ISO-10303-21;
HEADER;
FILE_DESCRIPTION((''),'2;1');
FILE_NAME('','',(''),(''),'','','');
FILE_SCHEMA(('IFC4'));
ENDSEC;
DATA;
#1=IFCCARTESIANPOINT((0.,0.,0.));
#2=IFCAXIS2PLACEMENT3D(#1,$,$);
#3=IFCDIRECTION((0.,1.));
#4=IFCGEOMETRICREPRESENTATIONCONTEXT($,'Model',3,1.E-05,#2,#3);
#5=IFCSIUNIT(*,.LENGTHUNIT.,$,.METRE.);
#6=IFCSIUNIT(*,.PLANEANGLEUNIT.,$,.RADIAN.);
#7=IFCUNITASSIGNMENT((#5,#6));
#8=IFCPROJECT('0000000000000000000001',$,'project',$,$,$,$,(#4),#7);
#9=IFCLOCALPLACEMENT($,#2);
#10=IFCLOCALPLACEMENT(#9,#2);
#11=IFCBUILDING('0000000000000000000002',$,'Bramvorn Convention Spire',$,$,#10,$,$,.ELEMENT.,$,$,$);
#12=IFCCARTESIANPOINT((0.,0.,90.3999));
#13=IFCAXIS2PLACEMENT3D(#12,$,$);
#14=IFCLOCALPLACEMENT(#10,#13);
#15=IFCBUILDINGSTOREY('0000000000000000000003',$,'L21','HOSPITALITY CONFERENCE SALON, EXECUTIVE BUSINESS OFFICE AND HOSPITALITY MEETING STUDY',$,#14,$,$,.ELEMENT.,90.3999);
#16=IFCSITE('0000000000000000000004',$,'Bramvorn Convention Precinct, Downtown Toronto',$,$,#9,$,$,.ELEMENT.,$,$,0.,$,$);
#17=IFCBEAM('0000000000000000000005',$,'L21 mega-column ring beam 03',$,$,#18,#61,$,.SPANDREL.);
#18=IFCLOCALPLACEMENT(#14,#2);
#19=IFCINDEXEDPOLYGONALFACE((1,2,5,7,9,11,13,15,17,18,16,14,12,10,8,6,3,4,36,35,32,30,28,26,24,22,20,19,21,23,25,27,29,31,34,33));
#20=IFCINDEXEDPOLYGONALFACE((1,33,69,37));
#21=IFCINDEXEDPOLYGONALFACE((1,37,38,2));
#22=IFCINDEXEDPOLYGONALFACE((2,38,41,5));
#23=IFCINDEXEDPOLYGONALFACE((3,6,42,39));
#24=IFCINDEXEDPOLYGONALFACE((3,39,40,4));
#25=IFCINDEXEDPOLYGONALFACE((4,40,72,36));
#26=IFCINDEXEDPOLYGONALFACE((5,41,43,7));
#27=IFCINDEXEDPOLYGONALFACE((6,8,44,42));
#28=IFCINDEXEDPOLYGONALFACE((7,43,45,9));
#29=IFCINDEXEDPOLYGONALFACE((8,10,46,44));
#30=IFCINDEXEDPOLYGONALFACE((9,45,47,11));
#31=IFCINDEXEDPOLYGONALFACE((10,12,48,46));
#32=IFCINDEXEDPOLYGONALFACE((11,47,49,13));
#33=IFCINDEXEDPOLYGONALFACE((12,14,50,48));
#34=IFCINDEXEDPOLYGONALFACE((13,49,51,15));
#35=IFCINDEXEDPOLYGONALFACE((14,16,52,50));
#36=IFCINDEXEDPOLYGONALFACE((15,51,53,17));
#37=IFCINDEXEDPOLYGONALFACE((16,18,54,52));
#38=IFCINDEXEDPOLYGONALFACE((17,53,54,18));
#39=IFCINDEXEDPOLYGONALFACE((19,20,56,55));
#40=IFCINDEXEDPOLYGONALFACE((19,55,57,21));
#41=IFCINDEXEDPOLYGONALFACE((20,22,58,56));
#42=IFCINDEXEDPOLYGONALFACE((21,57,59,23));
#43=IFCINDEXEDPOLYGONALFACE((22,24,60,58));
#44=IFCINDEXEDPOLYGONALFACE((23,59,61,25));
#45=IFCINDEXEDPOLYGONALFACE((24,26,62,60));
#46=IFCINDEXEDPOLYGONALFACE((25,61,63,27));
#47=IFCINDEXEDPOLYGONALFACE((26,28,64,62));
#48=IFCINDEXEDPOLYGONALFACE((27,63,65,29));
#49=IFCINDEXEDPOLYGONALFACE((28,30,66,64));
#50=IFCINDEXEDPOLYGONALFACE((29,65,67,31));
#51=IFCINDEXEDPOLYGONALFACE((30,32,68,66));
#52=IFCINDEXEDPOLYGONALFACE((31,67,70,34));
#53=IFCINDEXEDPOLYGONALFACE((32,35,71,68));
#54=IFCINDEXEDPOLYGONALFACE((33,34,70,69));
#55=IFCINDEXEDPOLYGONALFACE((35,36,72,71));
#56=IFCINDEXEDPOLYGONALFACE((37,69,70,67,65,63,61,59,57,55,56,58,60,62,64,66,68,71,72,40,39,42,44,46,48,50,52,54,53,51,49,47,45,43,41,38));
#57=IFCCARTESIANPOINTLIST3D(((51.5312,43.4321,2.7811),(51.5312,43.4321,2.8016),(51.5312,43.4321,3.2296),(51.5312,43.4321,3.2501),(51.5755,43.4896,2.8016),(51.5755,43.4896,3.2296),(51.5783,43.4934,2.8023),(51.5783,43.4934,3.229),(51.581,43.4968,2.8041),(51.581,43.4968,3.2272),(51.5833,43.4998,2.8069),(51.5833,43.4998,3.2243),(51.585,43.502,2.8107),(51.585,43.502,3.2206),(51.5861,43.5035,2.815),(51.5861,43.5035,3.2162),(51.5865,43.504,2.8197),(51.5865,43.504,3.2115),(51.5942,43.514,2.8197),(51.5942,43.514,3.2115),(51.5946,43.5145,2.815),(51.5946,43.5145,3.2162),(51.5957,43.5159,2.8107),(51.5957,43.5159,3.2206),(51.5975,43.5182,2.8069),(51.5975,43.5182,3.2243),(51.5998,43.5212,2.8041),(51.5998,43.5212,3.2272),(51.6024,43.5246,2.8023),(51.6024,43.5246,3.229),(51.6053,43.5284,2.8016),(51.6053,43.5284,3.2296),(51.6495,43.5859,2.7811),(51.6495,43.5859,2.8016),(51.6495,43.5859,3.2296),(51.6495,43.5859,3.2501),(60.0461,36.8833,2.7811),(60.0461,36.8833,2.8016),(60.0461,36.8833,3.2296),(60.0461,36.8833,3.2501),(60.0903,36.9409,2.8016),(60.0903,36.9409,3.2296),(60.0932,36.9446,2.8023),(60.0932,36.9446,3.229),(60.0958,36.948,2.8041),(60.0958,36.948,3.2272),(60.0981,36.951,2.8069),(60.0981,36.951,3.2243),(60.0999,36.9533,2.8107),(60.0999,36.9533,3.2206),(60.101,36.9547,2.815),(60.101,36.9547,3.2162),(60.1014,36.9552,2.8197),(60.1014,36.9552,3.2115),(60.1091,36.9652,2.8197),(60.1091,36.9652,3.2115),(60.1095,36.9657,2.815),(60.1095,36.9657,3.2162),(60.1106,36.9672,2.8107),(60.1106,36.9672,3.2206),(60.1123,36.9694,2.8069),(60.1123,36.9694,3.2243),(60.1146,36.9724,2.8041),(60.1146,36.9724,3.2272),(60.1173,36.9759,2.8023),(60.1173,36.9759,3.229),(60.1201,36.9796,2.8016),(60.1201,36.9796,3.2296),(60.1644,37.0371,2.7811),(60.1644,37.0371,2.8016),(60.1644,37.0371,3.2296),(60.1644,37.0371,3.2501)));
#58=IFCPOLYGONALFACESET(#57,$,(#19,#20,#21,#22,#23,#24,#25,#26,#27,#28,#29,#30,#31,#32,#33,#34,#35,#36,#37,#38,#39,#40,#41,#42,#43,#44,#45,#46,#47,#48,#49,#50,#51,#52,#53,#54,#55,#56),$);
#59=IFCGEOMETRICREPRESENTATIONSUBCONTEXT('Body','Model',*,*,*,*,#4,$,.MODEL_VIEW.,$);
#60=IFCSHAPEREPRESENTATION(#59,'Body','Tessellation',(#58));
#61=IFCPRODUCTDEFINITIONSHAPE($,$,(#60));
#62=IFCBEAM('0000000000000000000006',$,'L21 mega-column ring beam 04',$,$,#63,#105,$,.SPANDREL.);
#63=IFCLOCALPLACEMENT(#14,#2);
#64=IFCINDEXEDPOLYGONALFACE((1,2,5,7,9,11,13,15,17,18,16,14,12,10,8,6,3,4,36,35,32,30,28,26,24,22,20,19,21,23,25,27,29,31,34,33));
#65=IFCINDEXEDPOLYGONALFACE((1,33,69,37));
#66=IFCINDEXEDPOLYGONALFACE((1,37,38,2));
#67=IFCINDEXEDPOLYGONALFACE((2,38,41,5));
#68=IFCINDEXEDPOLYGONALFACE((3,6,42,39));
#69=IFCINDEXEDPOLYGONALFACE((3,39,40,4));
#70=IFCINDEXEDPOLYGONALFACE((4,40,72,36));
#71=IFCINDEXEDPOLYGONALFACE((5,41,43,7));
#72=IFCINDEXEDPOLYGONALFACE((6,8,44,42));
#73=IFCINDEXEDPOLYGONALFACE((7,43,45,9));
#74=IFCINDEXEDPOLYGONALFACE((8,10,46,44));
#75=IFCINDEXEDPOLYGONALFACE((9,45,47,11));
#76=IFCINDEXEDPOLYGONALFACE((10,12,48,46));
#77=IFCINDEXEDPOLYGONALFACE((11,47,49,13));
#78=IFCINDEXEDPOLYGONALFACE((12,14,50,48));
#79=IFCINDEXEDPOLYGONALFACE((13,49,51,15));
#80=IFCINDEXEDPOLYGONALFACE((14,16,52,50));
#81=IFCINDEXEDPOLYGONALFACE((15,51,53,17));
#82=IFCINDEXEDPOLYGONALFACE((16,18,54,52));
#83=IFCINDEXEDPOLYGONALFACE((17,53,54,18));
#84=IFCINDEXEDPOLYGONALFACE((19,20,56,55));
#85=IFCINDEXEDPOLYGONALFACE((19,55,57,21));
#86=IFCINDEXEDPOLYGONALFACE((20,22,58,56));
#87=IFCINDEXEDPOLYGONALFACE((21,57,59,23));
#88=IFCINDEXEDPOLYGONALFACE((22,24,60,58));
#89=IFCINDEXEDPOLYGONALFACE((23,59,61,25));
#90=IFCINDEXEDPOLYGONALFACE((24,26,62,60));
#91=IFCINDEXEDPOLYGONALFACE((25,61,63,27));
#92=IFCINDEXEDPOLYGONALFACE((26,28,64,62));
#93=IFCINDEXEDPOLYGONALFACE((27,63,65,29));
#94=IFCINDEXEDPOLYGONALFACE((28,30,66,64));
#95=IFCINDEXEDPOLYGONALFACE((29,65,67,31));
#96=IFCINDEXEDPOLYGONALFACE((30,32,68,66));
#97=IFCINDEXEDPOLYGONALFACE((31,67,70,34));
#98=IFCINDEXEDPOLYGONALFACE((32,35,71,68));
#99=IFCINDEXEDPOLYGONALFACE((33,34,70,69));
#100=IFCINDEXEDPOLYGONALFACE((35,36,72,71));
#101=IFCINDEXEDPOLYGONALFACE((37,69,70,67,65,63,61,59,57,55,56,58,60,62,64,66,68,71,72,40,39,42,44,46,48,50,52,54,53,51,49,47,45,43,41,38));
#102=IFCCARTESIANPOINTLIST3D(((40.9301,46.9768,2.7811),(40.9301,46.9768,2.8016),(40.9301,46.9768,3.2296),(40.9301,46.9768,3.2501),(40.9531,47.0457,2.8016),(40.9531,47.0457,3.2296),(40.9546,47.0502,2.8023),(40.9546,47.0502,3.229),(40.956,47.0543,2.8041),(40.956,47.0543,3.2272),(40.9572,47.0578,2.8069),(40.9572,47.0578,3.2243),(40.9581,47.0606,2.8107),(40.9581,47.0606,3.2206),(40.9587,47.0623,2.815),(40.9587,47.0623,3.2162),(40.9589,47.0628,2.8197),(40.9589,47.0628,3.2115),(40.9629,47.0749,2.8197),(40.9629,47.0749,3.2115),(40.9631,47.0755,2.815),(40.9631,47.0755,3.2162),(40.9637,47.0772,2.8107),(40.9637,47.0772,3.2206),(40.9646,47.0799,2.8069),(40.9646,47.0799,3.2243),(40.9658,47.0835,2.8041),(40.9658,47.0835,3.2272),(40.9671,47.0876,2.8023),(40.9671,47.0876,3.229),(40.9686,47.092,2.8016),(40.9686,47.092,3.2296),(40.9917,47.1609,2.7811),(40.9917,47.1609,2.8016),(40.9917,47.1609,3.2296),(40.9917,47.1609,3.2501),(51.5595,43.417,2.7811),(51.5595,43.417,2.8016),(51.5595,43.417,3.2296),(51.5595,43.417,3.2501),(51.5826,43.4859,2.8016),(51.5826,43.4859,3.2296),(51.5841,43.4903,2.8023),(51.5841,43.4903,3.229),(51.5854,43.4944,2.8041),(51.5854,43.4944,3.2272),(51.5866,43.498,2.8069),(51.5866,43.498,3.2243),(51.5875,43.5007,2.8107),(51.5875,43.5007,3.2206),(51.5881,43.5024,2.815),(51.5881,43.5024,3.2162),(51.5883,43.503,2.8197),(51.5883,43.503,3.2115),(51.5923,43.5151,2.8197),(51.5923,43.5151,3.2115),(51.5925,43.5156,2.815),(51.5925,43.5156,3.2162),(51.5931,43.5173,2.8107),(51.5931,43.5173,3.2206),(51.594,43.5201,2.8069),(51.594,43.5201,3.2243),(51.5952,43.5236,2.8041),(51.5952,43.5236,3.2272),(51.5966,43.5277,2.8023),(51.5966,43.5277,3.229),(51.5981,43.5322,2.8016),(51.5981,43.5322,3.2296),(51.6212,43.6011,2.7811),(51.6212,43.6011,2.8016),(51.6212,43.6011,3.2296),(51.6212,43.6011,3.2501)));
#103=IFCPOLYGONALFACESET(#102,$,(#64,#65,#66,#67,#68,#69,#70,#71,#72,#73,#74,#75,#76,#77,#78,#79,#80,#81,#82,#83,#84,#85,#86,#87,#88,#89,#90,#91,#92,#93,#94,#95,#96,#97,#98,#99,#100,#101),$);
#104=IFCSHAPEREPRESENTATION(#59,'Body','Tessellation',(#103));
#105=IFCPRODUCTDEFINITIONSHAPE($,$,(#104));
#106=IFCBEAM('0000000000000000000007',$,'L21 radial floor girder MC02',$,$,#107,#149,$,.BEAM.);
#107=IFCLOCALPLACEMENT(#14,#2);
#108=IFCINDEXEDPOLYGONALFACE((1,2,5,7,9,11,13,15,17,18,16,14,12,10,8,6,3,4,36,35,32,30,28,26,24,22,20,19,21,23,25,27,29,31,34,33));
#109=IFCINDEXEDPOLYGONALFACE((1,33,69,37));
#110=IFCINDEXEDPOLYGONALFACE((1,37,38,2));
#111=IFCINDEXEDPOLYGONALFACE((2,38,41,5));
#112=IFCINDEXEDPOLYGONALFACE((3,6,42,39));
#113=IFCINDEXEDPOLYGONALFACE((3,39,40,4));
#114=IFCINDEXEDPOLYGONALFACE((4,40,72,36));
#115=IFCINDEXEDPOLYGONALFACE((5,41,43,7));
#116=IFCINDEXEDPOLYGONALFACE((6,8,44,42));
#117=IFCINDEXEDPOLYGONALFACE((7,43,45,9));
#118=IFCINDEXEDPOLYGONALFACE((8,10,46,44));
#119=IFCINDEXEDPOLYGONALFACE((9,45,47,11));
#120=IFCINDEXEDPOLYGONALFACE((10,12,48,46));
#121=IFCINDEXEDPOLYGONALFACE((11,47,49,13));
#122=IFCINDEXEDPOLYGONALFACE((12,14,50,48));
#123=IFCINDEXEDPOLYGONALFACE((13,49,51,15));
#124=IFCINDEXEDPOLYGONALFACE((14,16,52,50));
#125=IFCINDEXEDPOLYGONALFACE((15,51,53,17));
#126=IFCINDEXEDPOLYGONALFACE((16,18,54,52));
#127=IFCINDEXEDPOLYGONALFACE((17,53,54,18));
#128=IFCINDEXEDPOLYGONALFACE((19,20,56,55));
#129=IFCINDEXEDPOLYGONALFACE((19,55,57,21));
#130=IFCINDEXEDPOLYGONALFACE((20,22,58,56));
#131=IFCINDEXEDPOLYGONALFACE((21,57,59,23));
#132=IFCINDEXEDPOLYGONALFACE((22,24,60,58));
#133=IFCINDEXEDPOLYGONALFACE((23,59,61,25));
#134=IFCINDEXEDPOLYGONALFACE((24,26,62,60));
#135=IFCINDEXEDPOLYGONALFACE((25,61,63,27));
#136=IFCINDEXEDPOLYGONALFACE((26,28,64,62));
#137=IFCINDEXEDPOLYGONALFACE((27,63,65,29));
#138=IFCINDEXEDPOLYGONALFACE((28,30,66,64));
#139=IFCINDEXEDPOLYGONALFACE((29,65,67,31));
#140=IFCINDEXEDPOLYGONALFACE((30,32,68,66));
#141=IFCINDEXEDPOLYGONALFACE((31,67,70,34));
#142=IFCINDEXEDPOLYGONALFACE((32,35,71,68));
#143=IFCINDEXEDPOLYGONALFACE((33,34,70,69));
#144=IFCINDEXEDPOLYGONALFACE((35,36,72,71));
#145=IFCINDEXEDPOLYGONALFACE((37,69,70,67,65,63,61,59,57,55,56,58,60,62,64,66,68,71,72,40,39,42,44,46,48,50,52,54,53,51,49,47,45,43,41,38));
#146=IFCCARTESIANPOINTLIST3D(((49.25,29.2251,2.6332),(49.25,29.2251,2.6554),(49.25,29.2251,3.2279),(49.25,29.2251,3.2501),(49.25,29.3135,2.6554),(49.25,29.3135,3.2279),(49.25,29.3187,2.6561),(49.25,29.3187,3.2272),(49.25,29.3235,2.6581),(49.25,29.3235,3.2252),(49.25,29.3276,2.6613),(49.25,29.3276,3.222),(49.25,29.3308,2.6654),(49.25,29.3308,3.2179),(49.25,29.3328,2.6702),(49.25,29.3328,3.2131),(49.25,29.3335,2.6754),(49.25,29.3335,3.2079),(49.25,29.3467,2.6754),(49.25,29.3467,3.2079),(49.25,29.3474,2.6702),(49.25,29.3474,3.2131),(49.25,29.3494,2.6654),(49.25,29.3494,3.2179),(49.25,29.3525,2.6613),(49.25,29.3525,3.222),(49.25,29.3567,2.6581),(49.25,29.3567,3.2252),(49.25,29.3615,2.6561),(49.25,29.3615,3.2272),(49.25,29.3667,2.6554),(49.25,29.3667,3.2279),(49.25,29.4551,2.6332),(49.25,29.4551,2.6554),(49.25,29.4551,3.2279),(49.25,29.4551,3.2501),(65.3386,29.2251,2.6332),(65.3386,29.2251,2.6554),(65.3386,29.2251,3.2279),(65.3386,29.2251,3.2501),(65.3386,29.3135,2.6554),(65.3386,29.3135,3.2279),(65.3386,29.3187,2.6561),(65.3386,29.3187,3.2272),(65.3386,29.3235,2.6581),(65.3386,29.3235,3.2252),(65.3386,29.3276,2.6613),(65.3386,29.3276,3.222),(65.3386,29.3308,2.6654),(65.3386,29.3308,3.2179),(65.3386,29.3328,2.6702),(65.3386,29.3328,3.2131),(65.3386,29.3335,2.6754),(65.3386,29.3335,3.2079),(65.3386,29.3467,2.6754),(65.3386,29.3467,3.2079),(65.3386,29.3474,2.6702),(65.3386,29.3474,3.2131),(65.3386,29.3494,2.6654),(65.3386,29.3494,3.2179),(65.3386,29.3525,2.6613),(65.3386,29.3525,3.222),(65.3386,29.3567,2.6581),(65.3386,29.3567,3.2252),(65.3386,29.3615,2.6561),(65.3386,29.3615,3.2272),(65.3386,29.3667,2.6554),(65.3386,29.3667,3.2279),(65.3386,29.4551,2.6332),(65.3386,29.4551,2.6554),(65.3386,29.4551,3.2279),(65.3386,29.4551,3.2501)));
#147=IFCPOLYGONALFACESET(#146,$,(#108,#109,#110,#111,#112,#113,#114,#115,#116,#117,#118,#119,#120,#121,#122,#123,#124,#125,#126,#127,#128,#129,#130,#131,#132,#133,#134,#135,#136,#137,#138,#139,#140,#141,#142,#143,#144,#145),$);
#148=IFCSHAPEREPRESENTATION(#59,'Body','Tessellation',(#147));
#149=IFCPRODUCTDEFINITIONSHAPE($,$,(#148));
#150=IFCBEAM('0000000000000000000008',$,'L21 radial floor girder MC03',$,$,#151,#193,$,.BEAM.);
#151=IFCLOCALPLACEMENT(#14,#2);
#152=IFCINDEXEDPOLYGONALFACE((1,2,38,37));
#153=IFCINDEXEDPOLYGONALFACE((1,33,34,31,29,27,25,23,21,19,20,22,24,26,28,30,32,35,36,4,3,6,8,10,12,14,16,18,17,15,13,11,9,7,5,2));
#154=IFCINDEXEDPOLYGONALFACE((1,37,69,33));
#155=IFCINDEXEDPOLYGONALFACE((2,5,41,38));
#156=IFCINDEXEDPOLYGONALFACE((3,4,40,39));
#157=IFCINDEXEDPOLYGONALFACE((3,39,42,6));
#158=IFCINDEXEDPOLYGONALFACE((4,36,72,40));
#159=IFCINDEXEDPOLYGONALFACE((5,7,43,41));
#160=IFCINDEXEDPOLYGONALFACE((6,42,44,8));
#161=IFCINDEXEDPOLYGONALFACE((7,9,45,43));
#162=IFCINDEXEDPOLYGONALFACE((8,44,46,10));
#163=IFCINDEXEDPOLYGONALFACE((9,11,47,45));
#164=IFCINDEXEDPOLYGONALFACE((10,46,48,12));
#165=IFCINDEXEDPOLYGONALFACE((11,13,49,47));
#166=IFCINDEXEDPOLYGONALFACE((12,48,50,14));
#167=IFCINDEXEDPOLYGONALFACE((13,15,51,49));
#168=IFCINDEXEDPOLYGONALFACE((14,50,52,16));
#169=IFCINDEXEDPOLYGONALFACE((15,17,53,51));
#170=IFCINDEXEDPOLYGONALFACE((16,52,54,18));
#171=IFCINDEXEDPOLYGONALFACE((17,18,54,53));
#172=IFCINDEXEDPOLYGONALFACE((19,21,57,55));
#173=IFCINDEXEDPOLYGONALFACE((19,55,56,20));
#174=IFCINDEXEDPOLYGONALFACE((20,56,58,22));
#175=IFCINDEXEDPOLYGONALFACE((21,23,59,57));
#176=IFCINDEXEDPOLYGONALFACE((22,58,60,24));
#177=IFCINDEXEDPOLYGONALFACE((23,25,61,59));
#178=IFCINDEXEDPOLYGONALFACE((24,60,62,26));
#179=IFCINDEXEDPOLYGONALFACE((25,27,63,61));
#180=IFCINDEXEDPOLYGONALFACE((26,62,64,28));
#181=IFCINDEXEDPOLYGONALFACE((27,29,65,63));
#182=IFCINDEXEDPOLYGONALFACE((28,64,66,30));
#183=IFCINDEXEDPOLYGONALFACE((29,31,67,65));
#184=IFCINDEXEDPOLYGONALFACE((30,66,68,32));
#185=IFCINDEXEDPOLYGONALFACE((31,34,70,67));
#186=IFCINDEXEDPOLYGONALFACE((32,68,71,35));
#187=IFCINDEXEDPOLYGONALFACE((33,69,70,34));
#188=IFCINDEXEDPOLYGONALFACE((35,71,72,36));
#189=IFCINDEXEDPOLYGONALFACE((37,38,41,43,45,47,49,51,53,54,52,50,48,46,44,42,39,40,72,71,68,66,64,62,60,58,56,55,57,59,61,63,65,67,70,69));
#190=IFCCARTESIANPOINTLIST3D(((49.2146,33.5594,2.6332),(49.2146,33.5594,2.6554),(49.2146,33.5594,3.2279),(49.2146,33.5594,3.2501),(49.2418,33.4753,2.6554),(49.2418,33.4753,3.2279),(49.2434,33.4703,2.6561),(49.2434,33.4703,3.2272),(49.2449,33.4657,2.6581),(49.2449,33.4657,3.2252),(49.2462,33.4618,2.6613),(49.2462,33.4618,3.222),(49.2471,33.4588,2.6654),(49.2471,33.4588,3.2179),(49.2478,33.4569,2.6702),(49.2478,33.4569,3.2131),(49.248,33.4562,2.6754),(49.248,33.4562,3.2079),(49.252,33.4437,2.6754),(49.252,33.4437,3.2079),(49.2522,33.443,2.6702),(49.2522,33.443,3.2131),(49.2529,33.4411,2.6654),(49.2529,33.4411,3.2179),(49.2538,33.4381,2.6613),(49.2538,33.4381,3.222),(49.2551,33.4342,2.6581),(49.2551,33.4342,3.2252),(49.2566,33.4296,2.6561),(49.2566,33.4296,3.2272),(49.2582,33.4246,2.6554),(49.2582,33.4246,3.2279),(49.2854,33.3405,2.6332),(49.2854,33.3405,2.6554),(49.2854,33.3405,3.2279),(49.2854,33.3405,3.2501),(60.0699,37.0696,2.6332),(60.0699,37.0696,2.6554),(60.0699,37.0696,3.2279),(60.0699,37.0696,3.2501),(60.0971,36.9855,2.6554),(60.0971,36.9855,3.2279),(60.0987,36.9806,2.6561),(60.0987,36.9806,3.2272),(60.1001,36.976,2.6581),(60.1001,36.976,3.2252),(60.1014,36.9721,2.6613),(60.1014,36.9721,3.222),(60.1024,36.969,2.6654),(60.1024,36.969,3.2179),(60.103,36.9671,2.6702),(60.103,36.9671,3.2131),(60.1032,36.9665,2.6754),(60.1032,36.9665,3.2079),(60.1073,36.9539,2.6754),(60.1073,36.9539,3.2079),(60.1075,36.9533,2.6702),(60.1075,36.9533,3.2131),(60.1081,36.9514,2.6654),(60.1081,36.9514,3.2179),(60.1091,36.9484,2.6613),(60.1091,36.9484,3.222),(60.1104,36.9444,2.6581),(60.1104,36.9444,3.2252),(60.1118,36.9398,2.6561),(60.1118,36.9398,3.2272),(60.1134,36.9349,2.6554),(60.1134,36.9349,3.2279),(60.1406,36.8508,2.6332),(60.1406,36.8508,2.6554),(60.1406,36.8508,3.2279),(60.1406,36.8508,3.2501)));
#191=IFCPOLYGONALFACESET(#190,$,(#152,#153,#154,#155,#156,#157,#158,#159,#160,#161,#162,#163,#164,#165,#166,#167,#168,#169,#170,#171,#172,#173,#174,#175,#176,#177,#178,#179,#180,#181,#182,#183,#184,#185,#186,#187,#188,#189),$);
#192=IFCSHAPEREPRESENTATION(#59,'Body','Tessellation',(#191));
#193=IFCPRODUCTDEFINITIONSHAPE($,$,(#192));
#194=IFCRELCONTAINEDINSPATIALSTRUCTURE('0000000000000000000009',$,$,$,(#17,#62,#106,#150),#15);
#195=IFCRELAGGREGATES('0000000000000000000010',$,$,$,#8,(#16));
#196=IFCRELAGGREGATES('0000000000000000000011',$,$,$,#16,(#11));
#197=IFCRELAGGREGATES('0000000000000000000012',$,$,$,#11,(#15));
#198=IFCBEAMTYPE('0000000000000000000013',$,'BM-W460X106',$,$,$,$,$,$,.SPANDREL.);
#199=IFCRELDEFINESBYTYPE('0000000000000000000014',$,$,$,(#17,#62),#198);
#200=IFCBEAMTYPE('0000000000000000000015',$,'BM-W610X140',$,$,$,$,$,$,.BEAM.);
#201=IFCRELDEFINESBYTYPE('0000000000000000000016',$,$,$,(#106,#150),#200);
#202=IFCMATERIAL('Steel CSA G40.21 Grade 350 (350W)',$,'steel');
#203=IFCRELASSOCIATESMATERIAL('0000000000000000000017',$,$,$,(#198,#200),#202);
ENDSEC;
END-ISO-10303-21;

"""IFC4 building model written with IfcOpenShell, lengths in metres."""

from ifc_helpers import new_model, si_unit, direction, frame, origin, origin_2d, place, context, subcontext, project, spatial, i_section, extrude, material, material_profile, profile_set, type_object, element, save


model = new_model("IFC4")

# Units and contexts
model_context = context("Model", 3, precision=1e-05, world=origin(), true_north=direction((0.0, 1.0)))
body_context = subcontext(model_context, "Body", "Model", "MODEL_VIEW")
ifc_project = project(units=[si_unit("LENGTHUNIT", "METRE"), si_unit("PLANEANGLEUNIT", "RADIAN")], contexts=[model_context])

# Site, building, storey
site_placement = place(None, origin())
site = spatial("IfcSite", under=ifc_project, at=site_placement, Name="Bramvorn Convention Precinct, Downtown Toronto", CompositionType="ELEMENT", RefElevation=0.0)
building_placement = place(site_placement, origin())
building = spatial("IfcBuilding", under=site, at=building_placement, Name="Bramvorn Convention Spire", CompositionType="ELEMENT")
storey_placement = place(building_placement, frame((0.0, 0.0, 90.3999)))
storey = spatial("IfcBuildingStorey", under=building, at=storey_placement, Name="L21", Description="HOSPITALITY CONFERENCE SALON, EXECUTIVE BUSINESS OFFICE AND HOSPITALITY MEETING STUDY", CompositionType="ELEMENT", Elevation=90.3999)

# Shared definitions
ifc_material_1 = material(Name="Steel CSA G40.21 Grade 350 (350W)", Category="steel")

# Beams
ifc_material_profile_1 = material_profile(ifc_material_1, i_section(OverallWidth=0.1941, OverallDepth=0.469, WebThickness=0.0127, FlangeThickness=0.0205, FilletRadius=0.0181, at=origin_2d()))
ifc_profile_set_1 = profile_set([ifc_material_profile_1], Name="Steel CSA G40.21 Grade 350 (350W) - W460X106")
beam_type_1 = type_object("IfcBeamType", Name="BM-W460X106", PredefinedType="SPANDREL", material=ifc_profile_set_1)
beam_1_placement = place(storey_placement, frame((60.1052, 36.9602, 3.0156), z_axis=(-0.792673, 0.609647, 0.0), x_axis=(-0.609647, -0.792673, 0.0)))
element("IfcBeam", 1, at=beam_1_placement, inside=storey, type_object=beam_type_1, Name="L21 mega-column ring beam 03", PredefinedType="SPANDREL", context=body_context, shape_type="SweptSolid", body=[
    extrude(i_section(OverallWidth=0.1941, OverallDepth=0.469, WebThickness=0.0127, FlangeThickness=0.0205, FilletRadius=0.0181, at=origin_2d()), origin(), (0.0, 0.0, 1.0), 10.7419),
])
beam_2_placement = place(storey_placement, frame((51.5903, 43.509, 3.0156), z_axis=(-0.948236, 0.317567, 0.0), x_axis=(-0.317567, -0.948236, 0.0)))
element("IfcBeam", 2, at=beam_2_placement, inside=storey, type_object=beam_type_1, Name="L21 mega-column ring beam 04", PredefinedType="SPANDREL", context=body_context, shape_type="SweptSolid", body=[
    extrude(i_section(OverallWidth=0.1941, OverallDepth=0.469, WebThickness=0.0127, FlangeThickness=0.0205, FilletRadius=0.0181, at=origin_2d()), origin(), (0.0, 0.0, 1.0), 11.2097),
])
ifc_material_profile_2 = material_profile(ifc_material_1, i_section(OverallWidth=0.23, OverallDepth=0.6169, WebThickness=0.0132, FlangeThickness=0.0222, FilletRadius=0.02, at=origin_2d()))
ifc_profile_set_2 = profile_set([ifc_material_profile_2], Name="Steel CSA G40.21 Grade 350 (350W) - W610X140")
beam_type_2 = type_object("IfcBeamType", Name="BM-W610X140", PredefinedType="BEAM", material=ifc_profile_set_2)
beam_3_placement = place(storey_placement, frame((49.25, 29.3401, 2.9417), z_axis=(1.0, 0.0, 0.0), x_axis=(0.0, 1.0, 0.0)))
element("IfcBeam", 3, at=beam_3_placement, inside=storey, type_object=beam_type_2, Name="L21 radial floor girder MC02", PredefinedType="BEAM", context=body_context, shape_type="SweptSolid", body=[
    extrude(i_section(OverallWidth=0.23, OverallDepth=0.6169, WebThickness=0.0132, FlangeThickness=0.0222, FilletRadius=0.02, at=origin_2d()), origin(), (0.0, 0.0, 1.0), 16.0886),
])
beam_4_placement = place(storey_placement, frame((49.25, 33.45, 2.9417), z_axis=(0.951489, 0.307683, 0.0), x_axis=(-0.307683, 0.951489, 0.0)))
element("IfcBeam", 4, at=beam_4_placement, inside=storey, type_object=beam_type_2, Name="L21 radial floor girder MC03", PredefinedType="BEAM", context=body_context, shape_type="SweptSolid", body=[
    extrude(i_section(OverallWidth=0.23, OverallDepth=0.6169, WebThickness=0.0132, FlangeThickness=0.0222, FilletRadius=0.02, at=origin_2d()), origin(), (0.0, 0.0, 1.0), 11.4087),
])

save(model, "model.ifc")
